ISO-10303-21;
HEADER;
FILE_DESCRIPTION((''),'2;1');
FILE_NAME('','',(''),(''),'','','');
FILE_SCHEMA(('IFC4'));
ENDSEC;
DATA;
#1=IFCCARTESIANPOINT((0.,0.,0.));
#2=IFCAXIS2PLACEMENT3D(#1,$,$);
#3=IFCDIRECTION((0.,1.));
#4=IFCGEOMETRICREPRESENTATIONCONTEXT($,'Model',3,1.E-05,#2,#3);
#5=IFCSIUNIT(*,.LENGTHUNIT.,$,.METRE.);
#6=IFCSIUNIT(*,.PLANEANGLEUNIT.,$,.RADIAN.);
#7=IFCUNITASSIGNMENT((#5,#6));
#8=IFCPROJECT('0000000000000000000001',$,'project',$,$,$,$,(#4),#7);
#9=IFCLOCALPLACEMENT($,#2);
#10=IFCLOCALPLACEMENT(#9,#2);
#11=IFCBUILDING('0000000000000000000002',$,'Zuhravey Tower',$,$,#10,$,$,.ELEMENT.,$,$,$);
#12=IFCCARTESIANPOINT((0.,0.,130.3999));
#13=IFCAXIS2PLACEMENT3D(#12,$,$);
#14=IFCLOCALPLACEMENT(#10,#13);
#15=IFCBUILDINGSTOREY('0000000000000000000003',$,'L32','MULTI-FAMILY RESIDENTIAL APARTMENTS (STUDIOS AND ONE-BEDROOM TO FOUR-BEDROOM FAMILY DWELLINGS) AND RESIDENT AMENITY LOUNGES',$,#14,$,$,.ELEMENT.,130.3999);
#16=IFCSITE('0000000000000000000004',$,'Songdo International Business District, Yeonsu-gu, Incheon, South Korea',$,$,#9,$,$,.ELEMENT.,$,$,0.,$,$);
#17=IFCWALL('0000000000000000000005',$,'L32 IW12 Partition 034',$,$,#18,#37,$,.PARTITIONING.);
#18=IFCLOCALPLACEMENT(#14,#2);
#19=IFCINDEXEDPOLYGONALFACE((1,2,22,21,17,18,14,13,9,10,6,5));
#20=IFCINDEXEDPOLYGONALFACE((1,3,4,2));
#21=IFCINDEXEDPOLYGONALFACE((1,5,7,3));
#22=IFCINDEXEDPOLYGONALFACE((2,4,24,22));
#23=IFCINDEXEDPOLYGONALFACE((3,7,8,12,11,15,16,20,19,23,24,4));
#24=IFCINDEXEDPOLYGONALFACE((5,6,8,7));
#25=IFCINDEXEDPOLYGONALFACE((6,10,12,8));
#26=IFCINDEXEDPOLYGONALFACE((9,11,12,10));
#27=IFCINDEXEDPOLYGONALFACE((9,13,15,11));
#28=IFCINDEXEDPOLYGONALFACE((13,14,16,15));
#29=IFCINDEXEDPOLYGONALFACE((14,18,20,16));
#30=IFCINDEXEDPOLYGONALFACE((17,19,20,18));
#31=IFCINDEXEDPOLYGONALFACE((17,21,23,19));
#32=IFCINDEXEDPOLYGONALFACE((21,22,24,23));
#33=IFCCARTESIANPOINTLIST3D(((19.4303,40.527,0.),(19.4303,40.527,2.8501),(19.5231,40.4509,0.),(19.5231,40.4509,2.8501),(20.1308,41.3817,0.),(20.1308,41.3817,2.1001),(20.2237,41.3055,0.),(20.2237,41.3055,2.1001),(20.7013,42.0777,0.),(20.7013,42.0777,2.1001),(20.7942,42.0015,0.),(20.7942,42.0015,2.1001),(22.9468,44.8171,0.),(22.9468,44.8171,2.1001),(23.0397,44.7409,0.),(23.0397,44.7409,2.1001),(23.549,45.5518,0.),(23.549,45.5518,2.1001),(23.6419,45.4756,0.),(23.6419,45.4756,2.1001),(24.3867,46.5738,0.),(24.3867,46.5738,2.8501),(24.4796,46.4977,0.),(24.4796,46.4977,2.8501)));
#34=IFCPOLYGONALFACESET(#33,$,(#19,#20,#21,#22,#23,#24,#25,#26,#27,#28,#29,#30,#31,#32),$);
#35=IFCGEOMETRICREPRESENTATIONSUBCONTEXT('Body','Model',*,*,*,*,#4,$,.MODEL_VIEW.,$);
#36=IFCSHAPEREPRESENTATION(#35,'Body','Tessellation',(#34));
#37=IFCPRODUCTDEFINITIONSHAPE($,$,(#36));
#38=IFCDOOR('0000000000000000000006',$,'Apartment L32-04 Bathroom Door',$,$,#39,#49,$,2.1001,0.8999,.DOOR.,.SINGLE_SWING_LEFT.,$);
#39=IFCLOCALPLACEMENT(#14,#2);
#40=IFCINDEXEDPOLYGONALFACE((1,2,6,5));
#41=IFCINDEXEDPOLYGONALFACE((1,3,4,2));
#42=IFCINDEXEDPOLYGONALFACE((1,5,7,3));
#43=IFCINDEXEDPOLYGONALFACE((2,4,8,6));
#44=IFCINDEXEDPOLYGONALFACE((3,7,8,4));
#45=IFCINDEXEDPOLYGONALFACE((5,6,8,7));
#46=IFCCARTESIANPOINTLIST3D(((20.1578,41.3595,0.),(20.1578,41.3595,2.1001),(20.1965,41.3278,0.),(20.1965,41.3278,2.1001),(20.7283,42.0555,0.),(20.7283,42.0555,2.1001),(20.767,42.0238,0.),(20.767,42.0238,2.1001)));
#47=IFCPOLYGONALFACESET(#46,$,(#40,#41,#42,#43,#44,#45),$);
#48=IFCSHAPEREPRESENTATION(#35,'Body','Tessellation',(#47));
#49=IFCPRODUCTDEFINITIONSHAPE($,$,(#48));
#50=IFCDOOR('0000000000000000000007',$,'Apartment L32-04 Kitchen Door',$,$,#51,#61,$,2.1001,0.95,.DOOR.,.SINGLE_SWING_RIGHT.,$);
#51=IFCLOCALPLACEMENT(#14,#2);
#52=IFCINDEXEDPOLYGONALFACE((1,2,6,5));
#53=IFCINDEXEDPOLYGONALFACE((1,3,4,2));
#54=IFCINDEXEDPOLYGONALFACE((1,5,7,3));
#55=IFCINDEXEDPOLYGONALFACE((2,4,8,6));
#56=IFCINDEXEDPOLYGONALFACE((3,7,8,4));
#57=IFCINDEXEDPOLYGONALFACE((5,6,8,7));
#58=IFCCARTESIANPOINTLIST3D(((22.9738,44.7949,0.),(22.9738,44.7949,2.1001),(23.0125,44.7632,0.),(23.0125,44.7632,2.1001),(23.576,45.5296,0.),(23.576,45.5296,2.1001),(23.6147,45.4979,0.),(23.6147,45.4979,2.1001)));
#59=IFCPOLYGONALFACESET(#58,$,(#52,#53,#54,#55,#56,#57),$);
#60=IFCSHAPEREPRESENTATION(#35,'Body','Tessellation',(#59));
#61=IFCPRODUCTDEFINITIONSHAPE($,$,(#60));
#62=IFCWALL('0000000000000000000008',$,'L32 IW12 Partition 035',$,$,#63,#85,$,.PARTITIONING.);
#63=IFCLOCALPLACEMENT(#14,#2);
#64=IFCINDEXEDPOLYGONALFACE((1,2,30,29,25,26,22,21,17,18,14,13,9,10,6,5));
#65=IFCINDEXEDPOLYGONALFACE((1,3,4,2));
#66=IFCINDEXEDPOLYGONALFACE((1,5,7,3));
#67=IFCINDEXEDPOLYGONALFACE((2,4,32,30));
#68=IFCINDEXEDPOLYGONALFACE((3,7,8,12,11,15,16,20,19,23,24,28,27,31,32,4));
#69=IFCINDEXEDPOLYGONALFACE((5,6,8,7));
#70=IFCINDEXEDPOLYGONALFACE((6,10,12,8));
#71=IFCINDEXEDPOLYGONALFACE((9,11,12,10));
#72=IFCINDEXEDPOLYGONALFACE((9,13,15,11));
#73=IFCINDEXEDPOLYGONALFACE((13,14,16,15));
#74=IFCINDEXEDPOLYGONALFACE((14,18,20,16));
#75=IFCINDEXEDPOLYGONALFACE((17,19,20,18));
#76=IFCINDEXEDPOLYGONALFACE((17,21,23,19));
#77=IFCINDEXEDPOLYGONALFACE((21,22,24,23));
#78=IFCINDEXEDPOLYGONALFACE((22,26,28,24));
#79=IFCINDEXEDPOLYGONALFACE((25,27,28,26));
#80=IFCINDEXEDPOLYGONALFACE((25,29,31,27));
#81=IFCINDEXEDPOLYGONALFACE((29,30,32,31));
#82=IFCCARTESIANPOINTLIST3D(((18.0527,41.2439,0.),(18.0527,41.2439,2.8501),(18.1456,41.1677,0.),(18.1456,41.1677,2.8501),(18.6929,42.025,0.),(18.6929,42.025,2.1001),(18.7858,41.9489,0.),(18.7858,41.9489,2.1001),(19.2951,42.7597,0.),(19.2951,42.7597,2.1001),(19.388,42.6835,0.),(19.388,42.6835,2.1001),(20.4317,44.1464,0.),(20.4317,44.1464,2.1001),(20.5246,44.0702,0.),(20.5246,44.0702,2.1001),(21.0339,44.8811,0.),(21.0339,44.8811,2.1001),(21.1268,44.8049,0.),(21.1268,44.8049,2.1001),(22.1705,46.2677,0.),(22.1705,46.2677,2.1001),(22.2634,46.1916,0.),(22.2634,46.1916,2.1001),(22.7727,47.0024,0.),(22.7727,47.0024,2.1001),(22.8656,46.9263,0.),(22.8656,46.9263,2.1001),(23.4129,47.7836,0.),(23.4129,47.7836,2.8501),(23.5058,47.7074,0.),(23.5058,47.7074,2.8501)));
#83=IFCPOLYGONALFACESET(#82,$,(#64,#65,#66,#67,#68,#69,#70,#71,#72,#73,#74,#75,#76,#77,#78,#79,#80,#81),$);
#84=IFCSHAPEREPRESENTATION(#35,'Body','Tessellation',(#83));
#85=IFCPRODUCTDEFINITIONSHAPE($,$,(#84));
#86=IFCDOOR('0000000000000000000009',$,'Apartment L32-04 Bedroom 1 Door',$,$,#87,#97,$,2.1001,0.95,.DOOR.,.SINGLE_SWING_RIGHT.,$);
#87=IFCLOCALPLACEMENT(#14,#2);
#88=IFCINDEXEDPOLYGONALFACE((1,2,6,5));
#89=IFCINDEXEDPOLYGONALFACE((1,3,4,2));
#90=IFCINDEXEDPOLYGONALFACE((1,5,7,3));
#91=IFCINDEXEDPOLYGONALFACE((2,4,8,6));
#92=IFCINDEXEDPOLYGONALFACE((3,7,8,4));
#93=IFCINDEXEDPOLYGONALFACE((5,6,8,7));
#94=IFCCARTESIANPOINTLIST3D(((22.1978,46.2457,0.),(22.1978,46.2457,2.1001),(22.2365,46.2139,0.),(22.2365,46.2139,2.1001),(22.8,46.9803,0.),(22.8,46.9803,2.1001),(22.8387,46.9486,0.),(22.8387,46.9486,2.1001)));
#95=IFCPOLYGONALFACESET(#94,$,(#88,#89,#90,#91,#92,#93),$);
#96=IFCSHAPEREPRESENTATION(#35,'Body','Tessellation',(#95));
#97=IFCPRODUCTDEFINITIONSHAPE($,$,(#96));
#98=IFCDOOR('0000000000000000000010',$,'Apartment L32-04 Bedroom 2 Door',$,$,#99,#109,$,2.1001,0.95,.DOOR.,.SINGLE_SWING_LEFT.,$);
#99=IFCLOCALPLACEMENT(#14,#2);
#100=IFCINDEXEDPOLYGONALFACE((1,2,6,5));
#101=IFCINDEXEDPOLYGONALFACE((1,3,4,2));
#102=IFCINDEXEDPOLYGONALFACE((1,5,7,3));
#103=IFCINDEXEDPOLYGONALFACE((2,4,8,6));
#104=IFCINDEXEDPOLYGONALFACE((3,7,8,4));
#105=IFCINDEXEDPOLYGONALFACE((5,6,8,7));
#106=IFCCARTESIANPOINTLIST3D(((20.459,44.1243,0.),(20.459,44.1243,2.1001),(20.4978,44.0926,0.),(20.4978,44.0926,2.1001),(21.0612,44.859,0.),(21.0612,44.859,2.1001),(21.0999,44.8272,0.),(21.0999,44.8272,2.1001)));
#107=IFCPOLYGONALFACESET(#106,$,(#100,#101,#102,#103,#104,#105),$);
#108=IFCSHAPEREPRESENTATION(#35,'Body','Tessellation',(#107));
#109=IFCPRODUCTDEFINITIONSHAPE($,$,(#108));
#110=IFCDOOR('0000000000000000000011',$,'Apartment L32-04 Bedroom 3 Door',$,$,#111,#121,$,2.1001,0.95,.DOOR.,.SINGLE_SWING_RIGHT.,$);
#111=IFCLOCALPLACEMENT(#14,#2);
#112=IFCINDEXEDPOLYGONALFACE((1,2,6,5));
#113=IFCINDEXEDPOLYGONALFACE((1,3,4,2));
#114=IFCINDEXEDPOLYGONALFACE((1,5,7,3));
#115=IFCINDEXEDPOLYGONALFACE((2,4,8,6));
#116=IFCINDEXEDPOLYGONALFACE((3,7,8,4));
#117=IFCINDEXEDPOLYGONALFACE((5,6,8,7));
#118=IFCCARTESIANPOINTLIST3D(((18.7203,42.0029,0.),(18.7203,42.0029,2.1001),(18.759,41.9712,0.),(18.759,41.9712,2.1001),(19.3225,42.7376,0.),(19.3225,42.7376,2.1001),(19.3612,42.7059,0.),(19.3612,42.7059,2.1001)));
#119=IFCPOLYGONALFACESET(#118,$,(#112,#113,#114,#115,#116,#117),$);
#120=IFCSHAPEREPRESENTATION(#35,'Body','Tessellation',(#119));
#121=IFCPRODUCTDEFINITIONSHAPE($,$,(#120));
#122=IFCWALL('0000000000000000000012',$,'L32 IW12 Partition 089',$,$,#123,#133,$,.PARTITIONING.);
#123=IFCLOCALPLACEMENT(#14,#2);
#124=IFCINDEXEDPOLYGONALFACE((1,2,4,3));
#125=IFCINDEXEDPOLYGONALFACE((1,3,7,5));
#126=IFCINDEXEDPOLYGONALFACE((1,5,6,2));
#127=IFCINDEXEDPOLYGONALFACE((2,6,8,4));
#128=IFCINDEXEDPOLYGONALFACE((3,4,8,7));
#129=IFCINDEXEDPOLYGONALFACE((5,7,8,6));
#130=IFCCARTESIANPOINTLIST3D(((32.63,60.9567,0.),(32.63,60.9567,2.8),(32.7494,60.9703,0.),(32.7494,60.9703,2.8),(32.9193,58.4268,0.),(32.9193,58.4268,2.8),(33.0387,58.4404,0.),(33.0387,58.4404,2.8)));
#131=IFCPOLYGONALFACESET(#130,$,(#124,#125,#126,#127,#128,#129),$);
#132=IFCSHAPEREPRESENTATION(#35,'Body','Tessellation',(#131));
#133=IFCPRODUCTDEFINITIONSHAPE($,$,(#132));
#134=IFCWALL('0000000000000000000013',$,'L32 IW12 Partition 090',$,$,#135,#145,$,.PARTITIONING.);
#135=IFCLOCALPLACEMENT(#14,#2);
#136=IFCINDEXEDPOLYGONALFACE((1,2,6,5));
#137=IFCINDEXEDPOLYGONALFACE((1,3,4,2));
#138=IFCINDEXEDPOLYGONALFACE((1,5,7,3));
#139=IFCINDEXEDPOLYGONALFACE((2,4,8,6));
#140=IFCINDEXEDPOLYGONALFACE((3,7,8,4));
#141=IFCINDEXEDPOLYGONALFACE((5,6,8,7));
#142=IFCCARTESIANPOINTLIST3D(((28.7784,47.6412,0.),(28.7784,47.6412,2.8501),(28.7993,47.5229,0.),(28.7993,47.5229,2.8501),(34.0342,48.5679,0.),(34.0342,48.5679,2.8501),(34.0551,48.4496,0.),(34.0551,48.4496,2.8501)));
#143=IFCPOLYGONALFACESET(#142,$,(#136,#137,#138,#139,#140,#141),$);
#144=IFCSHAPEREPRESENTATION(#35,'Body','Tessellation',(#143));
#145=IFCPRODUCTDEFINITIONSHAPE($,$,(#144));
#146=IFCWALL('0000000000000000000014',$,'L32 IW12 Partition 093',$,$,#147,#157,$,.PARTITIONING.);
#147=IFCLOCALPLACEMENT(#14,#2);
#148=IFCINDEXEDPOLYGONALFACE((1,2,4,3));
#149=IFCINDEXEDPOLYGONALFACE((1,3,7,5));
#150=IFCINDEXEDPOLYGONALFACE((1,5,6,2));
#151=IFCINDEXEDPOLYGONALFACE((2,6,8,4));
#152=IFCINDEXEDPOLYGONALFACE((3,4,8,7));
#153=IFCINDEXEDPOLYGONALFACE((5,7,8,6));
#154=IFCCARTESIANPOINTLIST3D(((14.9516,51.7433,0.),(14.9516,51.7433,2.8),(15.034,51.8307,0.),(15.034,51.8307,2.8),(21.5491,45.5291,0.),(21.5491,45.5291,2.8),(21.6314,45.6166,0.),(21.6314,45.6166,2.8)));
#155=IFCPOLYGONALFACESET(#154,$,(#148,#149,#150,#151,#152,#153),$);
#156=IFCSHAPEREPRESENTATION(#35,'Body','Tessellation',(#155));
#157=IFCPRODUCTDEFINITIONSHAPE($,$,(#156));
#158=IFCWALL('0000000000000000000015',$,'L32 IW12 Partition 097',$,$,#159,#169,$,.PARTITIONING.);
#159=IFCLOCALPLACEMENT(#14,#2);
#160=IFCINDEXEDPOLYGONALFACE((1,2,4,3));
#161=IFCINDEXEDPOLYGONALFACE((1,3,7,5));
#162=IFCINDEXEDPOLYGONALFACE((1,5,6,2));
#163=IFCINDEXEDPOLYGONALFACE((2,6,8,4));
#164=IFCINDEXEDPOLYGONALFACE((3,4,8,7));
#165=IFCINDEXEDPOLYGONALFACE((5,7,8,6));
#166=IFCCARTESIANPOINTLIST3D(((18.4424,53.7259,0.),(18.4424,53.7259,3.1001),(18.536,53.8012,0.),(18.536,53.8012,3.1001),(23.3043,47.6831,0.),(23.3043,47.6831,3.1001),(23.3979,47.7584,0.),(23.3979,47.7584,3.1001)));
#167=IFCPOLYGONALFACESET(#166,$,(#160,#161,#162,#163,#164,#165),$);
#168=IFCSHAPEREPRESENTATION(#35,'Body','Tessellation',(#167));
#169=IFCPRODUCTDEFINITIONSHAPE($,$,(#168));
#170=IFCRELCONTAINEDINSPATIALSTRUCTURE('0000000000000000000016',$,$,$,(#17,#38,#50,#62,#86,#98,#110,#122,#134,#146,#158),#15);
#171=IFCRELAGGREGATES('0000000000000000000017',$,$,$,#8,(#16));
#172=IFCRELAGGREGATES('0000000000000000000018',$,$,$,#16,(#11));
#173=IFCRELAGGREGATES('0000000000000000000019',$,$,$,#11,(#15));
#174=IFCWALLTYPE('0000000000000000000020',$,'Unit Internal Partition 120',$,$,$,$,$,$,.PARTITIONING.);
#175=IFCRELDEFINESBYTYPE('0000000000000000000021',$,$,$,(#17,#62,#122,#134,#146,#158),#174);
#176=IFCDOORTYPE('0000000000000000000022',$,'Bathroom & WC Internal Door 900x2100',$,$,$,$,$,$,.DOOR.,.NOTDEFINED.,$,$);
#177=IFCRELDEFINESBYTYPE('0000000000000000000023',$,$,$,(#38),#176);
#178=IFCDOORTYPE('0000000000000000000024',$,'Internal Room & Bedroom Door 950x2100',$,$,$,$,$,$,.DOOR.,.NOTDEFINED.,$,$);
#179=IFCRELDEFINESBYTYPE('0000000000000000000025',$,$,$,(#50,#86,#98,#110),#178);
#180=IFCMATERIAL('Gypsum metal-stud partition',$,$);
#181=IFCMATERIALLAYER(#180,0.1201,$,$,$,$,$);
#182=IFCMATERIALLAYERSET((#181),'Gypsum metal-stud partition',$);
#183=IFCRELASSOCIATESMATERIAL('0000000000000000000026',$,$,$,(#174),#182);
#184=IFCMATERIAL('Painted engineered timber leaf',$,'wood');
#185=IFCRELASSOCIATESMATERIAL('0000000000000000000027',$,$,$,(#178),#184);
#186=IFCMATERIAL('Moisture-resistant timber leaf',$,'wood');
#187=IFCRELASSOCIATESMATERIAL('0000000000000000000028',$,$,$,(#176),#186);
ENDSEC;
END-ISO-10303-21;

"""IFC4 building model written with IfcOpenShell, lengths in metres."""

from ifc_helpers import new_model, si_unit, direction, frame, frame_2d, origin, place, context, subcontext, project, spatial, rectangle, extrude, material, layer, layer_set, type_object, element, fill, save


model = new_model("IFC4")

# Units and contexts
model_context = context("Model", 3, precision=1e-05, world=origin(), true_north=direction((0.0, 1.0)))
body_context = subcontext(model_context, "Body", "Model", "MODEL_VIEW")
ifc_project = project(units=[si_unit("LENGTHUNIT", "METRE"), si_unit("PLANEANGLEUNIT", "RADIAN")], contexts=[model_context])

# Site, building, storey
site_placement = place(None, origin())
site = spatial("IfcSite", under=ifc_project, at=site_placement, Name="Songdo International Business District, Yeonsu-gu, Incheon, South Korea", CompositionType="ELEMENT", RefElevation=0.0)
building_placement = place(site_placement, origin())
building = spatial("IfcBuilding", under=site, at=building_placement, Name="Zuhravey Tower", CompositionType="ELEMENT")
storey_placement = place(building_placement, frame((0.0, 0.0, 130.3999)))
storey = spatial("IfcBuildingStorey", under=building, at=storey_placement, Name="L32", Description="MULTI-FAMILY RESIDENTIAL APARTMENTS (STUDIOS AND ONE-BEDROOM TO FOUR-BEDROOM FAMILY DWELLINGS) AND RESIDENT AMENITY LOUNGES", CompositionType="ELEMENT", Elevation=130.3999)

# Shared definitions
ifc_material_1 = material(Name="Gypsum metal-stud partition")
ifc_layer_1 = layer(ifc_material_1, 0.1201)
ifc_layer_set_1 = layer_set([ifc_layer_1], Name="Gypsum metal-stud partition")
wall_type_1 = type_object("IfcWallType", Name="Unit Internal Partition 120", PredefinedType="PARTITIONING", material=ifc_layer_set_1)
ifc_material_2 = material(Name="Painted engineered timber leaf", Category="wood")
door_type_1 = type_object("IfcDoorType", Name="Internal Room & Bedroom Door 950x2100", OperationType="NOTDEFINED", PredefinedType="DOOR", material=ifc_material_2)

# Walls, openings, doors
wall_1_placement = place(storey_placement, frame((24.4331, 46.5356, 0.0), z_axis=(0.0, 0.0, 1.0), x_axis=(-0.633935, -0.773387, 0.0)))
wall_1 = element("IfcWall", 1, at=wall_1_placement, inside=storey, type_object=wall_type_1, Name="L32 IW12 Partition 034", PredefinedType="PARTITIONING", context=body_context, shape_type="SweptSolid", body=[
    extrude(rectangle(XDim=7.8186, YDim=0.1201, at=frame_2d((3.9092, 0.0))), origin(), (0.0, 0.0, 1.0), 2.8501),
])
opening_1_placement = place(wall_1_placement, frame((1.3213, 0.0, 0.0)))
opening_1 = element("IfcOpeningElement", 2, at=opening_1_placement, cuts=wall_1, PredefinedType="OPENING", context=body_context, shape_type="SweptSolid", body=[
    extrude(rectangle(XDim=0.95, YDim=2.1001, at=frame_2d((0.4751, 1.05))), frame((0.0, 0.072, 0.0), z_axis=(0.0, -1.0, 0.0), x_axis=(1.0, 0.0, 0.0)), (0.0, 0.0, 1.0), 0.144),
])
opening_2_placement = place(wall_1_placement, frame((5.8135, 0.0, 0.0)))
opening_2 = element("IfcOpeningElement", 3, at=opening_2_placement, cuts=wall_1, PredefinedType="OPENING", context=body_context, shape_type="SweptSolid", body=[
    extrude(rectangle(XDim=0.8999, YDim=2.1001, at=frame_2d((0.45, 1.05))), frame((0.0, 0.072, 0.0), z_axis=(0.0, -1.0, 0.0), x_axis=(1.0, 0.0, 0.0)), (0.0, 0.0, 1.0), 0.144),
])
ifc_material_3 = material(Name="Moisture-resistant timber leaf", Category="wood")
door_type_2 = type_object("IfcDoorType", Name="Bathroom & WC Internal Door 900x2100", OperationType="NOTDEFINED", PredefinedType="DOOR", material=ifc_material_3)
door_1_placement = place(opening_2_placement, origin())
door_1 = element("IfcDoor", 4, at=door_1_placement, inside=storey, type_object=door_type_2, Name="Apartment L32-04 Bathroom Door", OperationType="SINGLE_SWING_LEFT", OverallHeight=2.1001, OverallWidth=0.8999, PredefinedType="DOOR", context=body_context, shape_type="SweptSolid", body=[
    extrude(rectangle(XDim=0.8999, YDim=2.1001, at=frame_2d((0.45, 1.05))), frame((0.0, 0.0249, 0.0), z_axis=(0.0, -1.0, 0.0), x_axis=(1.0, 0.0, 0.0)), (0.0, 0.0, 1.0), 0.05),
])
fill(opening_2, door_1)
door_2_placement = place(opening_1_placement, origin())
door_2 = element("IfcDoor", 5, at=door_2_placement, inside=storey, type_object=door_type_1, Name="Apartment L32-04 Kitchen Door", OperationType="SINGLE_SWING_RIGHT", OverallHeight=2.1001, OverallWidth=0.95, PredefinedType="DOOR", context=body_context, shape_type="SweptSolid", body=[
    extrude(rectangle(XDim=0.95, YDim=2.1001, at=frame_2d((0.4751, 1.05))), frame((0.0, 0.0249, 0.0), z_axis=(0.0, -1.0, 0.0), x_axis=(1.0, 0.0, 0.0)), (0.0, 0.0, 1.0), 0.05),
])
fill(opening_1, door_2)
wall_2_placement = place(storey_placement, frame((23.4595, 47.7456, 0.0), z_axis=(0.0, 0.0, 1.0), x_axis=(-0.633918, -0.7734, 0.0)))
wall_2 = element("IfcWall", 6, at=wall_2_placement, inside=storey, type_object=wall_type_1, Name="L32 IW12 Partition 035", PredefinedType="PARTITIONING", context=body_context, shape_type="SweptSolid", body=[
    extrude(rectangle(XDim=8.4558, YDim=0.1201, at=frame_2d((4.228, 0.0))), origin(), (0.0, 0.0, 1.0), 2.8501),
])
opening_3_placement = place(wall_2_placement, frame((1.01, 0.0, 0.0)))
opening_3 = element("IfcOpeningElement", 7, at=opening_3_placement, cuts=wall_2, PredefinedType="OPENING", context=body_context, shape_type="SweptSolid", body=[
    extrude(rectangle(XDim=0.95, YDim=2.1001, at=frame_2d((0.4751, 1.05))), frame((0.0, 0.072, 0.0), z_axis=(0.0, -1.0, 0.0), x_axis=(1.0, 0.0, 0.0)), (0.0, 0.0, 1.0), 0.144),
])
opening_4_placement = place(wall_2_placement, frame((3.7529, 0.0, 0.0)))
opening_4 = element("IfcOpeningElement", 8, at=opening_4_placement, cuts=wall_2, PredefinedType="OPENING", context=body_context, shape_type="SweptSolid", body=[
    extrude(rectangle(XDim=0.95, YDim=2.1001, at=frame_2d((0.4751, 1.05))), frame((0.0, 0.072, 0.0), z_axis=(0.0, -1.0, 0.0), x_axis=(1.0, 0.0, 0.0)), (0.0, 0.0, 1.0), 0.144),
])
opening_5_placement = place(wall_2_placement, frame((6.4958, 0.0, 0.0)))
opening_5 = element("IfcOpeningElement", 9, at=opening_5_placement, cuts=wall_2, PredefinedType="OPENING", context=body_context, shape_type="SweptSolid", body=[
    extrude(rectangle(XDim=0.95, YDim=2.1001, at=frame_2d((0.4751, 1.05))), frame((0.0, 0.072, 0.0), z_axis=(0.0, -1.0, 0.0), x_axis=(1.0, 0.0, 0.0)), (0.0, 0.0, 1.0), 0.144),
])
door_3_placement = place(opening_3_placement, frame((0.95, 0.0, 0.0), z_axis=(0.0, 0.0, 1.0), x_axis=(-1.0, 0.0, 0.0)))
door_3 = element("IfcDoor", 10, at=door_3_placement, inside=storey, type_object=door_type_1, Name="Apartment L32-04 Bedroom 1 Door", OperationType="SINGLE_SWING_RIGHT", OverallHeight=2.1001, OverallWidth=0.95, PredefinedType="DOOR", context=body_context, shape_type="SweptSolid", body=[
    extrude(rectangle(XDim=0.95, YDim=2.1001, at=frame_2d((0.4751, 1.05))), frame((0.0, 0.0249, 0.0), z_axis=(0.0, -1.0, 0.0), x_axis=(1.0, 0.0, 0.0)), (0.0, 0.0, 1.0), 0.05),
])
fill(opening_3, door_3)
door_4_placement = place(opening_4_placement, frame((0.95, 0.0, 0.0), z_axis=(0.0, 0.0, 1.0), x_axis=(-1.0, 0.0, 0.0)))
door_4 = element("IfcDoor", 11, at=door_4_placement, inside=storey, type_object=door_type_1, Name="Apartment L32-04 Bedroom 2 Door", OperationType="SINGLE_SWING_LEFT", OverallHeight=2.1001, OverallWidth=0.95, PredefinedType="DOOR", context=body_context, shape_type="SweptSolid", body=[
    extrude(rectangle(XDim=0.95, YDim=2.1001, at=frame_2d((0.4751, 1.05))), frame((0.0, 0.0249, 0.0), z_axis=(0.0, -1.0, 0.0), x_axis=(1.0, 0.0, 0.0)), (0.0, 0.0, 1.0), 0.05),
])
fill(opening_4, door_4)
door_5_placement = place(opening_5_placement, frame((0.95, 0.0, 0.0), z_axis=(0.0, 0.0, 1.0), x_axis=(-1.0, 0.0, 0.0)))
door_5 = element("IfcDoor", 12, at=door_5_placement, inside=storey, type_object=door_type_1, Name="Apartment L32-04 Bedroom 3 Door", OperationType="SINGLE_SWING_RIGHT", OverallHeight=2.1001, OverallWidth=0.95, PredefinedType="DOOR", context=body_context, shape_type="SweptSolid", body=[
    extrude(rectangle(XDim=0.95, YDim=2.1001, at=frame_2d((0.4751, 1.05))), frame((0.0, 0.0249, 0.0), z_axis=(0.0, -1.0, 0.0), x_axis=(1.0, 0.0, 0.0)), (0.0, 0.0, 1.0), 0.05),
])
fill(opening_5, door_5)

# Walls
wall_3_placement = place(storey_placement, frame((32.979, 58.4336, 0.0), z_axis=(0.0, 0.0, 1.0), x_axis=(-0.11362, 0.993524, 0.0)))
element("IfcWall", 13, at=wall_3_placement, inside=storey, type_object=wall_type_1, Name="L32 IW12 Partition 089", PredefinedType="PARTITIONING", context=body_context, shape_type="SweptSolid", body=[
    extrude(rectangle(XDim=2.5464, YDim=0.1201, at=frame_2d((1.2732, 0.0))), origin(), (0.0, 0.0, 1.0), 2.8),
])
wall_4_placement = place(storey_placement, frame((34.0447, 48.5088, 0.0), z_axis=(0.0, 0.0, 1.0), x_axis=(-0.984807, -0.17365, 0.0)))
element("IfcWall", 14, at=wall_4_placement, inside=storey, type_object=wall_type_1, Name="L32 IW12 Partition 090", PredefinedType="PARTITIONING", context=body_context, shape_type="SweptSolid", body=[
    extrude(rectangle(XDim=5.3369, YDim=0.1201, at=frame_2d((2.6685, 0.0))), origin(), (0.0, 0.0, 1.0), 2.8501),
])
wall_5_placement = place(storey_placement, frame((21.5903, 45.5728, 0.0), z_axis=(0.0, 0.0, 1.0), x_axis=(-0.727937, 0.685644, 0.0)))
element("IfcWall", 15, at=wall_5_placement, inside=storey, type_object=wall_type_1, Name="L32 IW12 Partition 093", PredefinedType="PARTITIONING", context=body_context, shape_type="SweptSolid", body=[
    extrude(rectangle(XDim=9.0632, YDim=0.1201, at=frame_2d((4.5317, 0.0))), origin(), (0.0, 0.0, 1.0), 2.8),
])
wall_6_placement = place(storey_placement, frame((23.3511, 47.7207, 0.0), z_axis=(0.0, 0.0, 1.0), x_axis=(-0.626865, 0.779128, 0.0)))
element("IfcWall", 16, at=wall_6_placement, inside=storey, type_object=wall_type_1, Name="L32 IW12 Partition 097", PredefinedType="PARTITIONING", context=body_context, shape_type="SweptSolid", body=[
    extrude(rectangle(XDim=7.7559, YDim=0.1201, at=frame_2d((3.8779, 0.0))), origin(), (0.0, 0.0, 1.0), 3.1001),
])

save(model, "model.ifc")
